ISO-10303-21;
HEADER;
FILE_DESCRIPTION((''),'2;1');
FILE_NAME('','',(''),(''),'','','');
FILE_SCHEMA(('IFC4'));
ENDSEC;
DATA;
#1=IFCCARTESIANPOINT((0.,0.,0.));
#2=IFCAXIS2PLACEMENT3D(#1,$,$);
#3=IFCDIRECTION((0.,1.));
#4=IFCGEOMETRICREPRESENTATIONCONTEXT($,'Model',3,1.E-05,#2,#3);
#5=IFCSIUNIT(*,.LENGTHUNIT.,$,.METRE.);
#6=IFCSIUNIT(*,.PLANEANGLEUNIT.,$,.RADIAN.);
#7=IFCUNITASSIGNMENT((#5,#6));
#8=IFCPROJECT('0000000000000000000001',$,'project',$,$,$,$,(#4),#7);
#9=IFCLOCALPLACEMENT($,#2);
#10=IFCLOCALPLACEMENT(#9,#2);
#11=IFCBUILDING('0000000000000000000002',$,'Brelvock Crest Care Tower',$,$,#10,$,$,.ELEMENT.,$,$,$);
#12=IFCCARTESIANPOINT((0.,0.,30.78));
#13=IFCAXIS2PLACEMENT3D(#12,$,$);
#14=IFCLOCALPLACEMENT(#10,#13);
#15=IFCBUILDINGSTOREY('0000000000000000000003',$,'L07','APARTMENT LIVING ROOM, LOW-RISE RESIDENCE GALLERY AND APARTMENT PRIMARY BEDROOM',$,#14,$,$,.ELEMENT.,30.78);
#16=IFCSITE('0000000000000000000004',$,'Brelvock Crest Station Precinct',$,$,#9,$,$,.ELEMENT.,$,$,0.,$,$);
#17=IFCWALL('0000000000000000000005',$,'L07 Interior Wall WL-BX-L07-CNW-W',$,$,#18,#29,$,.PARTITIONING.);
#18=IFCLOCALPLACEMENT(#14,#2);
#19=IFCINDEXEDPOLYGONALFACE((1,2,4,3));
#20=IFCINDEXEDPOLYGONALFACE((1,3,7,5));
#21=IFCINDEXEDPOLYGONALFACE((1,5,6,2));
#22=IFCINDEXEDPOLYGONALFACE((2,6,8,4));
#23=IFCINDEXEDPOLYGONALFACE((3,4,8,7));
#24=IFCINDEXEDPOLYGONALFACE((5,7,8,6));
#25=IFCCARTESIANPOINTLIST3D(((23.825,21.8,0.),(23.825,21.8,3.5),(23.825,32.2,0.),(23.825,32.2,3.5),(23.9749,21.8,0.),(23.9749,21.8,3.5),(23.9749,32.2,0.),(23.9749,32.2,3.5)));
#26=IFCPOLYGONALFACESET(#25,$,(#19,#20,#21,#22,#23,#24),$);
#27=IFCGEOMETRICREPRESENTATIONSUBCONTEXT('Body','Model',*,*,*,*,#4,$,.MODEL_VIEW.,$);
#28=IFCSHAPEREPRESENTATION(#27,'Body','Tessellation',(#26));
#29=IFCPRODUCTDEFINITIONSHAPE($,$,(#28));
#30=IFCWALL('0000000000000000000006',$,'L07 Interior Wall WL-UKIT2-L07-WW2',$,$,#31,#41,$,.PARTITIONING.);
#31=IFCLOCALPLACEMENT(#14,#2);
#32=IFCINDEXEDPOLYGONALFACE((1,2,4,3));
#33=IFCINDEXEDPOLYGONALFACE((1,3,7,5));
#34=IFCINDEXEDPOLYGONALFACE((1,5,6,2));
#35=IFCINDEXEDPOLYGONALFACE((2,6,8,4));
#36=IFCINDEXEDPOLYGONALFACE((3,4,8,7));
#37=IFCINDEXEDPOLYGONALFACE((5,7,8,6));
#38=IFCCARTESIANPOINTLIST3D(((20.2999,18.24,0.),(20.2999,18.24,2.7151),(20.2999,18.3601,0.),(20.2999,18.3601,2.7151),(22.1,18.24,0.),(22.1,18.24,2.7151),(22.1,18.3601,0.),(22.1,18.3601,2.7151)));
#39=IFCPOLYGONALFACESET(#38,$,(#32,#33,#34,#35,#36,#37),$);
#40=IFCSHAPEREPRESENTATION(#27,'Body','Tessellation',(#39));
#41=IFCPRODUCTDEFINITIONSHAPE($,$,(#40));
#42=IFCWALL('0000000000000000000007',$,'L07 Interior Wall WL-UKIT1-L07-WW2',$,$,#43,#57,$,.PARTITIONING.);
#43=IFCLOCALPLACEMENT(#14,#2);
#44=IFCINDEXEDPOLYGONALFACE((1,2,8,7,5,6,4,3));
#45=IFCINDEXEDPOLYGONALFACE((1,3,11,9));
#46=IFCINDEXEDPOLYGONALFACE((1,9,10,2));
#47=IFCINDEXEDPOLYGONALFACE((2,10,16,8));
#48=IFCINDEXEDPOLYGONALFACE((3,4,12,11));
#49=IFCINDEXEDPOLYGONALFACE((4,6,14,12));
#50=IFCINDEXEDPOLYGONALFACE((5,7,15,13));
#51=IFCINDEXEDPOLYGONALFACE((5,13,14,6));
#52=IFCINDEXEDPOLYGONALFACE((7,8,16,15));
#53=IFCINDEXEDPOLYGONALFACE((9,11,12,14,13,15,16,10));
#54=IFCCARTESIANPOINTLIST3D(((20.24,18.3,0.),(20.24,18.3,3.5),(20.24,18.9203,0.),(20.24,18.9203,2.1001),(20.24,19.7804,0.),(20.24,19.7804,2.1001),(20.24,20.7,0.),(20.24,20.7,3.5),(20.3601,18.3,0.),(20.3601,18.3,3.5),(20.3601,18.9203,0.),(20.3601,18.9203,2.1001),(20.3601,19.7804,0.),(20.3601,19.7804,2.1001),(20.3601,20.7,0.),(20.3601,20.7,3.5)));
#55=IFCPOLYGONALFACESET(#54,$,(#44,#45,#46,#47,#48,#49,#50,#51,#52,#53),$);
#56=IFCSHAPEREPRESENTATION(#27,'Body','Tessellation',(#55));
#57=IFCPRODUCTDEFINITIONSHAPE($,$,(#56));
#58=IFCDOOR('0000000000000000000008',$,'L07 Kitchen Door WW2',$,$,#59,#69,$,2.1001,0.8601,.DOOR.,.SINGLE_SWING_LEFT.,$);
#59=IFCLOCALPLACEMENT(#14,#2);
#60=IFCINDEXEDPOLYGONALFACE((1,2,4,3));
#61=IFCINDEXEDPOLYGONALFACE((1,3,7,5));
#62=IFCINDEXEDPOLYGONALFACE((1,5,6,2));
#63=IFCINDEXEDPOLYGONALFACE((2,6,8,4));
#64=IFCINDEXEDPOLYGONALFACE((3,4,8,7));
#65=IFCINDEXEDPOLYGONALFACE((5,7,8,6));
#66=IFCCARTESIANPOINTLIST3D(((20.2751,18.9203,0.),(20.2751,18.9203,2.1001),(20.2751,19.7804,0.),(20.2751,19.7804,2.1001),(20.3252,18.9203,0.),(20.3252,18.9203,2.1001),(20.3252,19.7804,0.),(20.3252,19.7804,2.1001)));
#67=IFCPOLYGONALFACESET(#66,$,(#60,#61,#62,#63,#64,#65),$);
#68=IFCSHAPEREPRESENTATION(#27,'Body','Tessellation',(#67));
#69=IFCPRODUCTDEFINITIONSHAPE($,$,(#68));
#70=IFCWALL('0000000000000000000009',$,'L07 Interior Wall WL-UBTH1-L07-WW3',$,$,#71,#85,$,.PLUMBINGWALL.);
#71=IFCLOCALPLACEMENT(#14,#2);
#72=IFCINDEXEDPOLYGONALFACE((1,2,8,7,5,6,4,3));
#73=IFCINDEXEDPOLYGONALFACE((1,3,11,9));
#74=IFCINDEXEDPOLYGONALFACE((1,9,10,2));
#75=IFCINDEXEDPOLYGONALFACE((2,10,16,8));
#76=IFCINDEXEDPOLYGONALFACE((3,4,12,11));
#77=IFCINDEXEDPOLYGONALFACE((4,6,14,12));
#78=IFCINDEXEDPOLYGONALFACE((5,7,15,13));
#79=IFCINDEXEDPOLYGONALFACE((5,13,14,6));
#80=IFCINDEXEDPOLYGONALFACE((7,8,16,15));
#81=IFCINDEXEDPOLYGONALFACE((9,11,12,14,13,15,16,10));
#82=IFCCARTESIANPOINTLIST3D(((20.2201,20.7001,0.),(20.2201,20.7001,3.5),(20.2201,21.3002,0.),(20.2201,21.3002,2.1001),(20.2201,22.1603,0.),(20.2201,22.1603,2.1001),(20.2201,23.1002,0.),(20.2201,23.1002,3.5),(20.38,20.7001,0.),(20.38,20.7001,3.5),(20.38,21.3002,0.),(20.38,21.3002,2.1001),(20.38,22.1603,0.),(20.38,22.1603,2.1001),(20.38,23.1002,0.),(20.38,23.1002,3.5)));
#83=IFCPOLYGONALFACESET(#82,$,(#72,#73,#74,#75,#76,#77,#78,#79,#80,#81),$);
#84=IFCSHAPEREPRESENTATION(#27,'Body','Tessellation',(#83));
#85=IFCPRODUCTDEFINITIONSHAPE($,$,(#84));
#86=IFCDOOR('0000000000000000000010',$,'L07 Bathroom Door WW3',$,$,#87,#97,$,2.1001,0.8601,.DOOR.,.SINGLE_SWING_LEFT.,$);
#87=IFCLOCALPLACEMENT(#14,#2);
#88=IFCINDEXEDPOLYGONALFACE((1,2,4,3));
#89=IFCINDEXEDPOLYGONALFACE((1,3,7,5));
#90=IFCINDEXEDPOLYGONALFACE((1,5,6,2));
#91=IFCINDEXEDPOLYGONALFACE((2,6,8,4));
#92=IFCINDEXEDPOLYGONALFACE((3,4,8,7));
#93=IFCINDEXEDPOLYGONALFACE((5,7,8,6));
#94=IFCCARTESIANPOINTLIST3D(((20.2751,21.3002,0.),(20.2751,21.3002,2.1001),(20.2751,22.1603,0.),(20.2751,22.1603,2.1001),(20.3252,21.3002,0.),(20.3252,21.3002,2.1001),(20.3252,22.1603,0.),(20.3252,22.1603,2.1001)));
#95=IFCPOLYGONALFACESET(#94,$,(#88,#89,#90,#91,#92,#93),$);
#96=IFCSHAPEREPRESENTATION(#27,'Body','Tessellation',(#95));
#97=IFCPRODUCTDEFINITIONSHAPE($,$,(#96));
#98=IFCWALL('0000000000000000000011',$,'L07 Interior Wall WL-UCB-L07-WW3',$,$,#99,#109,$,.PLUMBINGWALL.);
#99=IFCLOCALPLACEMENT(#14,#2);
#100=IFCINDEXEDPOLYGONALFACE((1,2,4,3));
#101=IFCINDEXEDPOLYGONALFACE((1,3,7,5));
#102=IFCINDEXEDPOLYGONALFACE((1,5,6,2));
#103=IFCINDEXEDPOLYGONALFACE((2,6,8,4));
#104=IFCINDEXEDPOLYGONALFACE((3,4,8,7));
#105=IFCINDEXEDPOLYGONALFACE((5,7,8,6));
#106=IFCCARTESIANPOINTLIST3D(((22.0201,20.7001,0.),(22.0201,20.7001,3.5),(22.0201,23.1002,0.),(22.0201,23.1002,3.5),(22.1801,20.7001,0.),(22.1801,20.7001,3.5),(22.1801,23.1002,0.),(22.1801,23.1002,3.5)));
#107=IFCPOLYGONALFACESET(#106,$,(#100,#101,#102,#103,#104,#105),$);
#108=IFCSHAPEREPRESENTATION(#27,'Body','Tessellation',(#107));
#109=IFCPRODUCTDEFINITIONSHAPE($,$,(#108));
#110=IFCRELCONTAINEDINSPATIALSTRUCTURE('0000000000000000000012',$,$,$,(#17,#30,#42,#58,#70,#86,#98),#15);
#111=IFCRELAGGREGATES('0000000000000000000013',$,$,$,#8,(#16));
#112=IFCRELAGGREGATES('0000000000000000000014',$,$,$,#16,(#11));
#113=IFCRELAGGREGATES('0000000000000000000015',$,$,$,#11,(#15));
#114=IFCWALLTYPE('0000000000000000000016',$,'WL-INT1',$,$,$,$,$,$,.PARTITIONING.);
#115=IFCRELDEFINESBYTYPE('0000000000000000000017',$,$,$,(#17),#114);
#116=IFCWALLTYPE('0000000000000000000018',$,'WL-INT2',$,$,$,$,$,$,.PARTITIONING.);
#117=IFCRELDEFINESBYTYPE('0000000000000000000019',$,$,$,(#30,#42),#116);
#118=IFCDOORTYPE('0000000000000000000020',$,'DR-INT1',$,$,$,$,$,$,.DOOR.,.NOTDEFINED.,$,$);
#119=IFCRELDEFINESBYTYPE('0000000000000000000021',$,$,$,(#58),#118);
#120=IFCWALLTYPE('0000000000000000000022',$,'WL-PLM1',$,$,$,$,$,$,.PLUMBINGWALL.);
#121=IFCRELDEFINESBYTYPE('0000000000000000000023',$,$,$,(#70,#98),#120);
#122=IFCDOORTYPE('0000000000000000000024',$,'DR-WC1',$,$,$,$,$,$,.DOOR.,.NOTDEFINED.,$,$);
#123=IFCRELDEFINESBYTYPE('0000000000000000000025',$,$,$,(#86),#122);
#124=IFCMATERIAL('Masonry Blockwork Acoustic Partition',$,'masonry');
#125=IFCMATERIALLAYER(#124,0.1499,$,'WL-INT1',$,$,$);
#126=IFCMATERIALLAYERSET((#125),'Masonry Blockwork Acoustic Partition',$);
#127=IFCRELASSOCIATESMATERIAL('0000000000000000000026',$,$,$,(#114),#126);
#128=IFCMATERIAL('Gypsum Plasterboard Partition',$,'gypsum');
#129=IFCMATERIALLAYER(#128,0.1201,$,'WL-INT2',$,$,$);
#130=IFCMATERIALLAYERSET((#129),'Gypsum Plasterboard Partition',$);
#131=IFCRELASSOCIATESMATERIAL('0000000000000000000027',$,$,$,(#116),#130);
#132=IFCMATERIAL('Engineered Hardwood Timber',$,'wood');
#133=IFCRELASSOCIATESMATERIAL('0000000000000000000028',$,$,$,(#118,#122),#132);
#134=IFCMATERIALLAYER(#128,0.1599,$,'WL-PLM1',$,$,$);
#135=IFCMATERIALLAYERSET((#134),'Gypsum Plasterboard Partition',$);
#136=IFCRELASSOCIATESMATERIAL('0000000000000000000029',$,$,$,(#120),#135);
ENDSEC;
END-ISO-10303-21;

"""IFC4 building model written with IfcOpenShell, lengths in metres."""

from ifc_helpers import new_model, si_unit, direction, frame, frame_2d, origin, origin_2d, place, context, subcontext, project, spatial, rectangle, extrude, source, transform, mapped, material, layer, layer_set, type_object, element, fill, save


model = new_model("IFC4")

# Units and contexts
model_context = context("Model", 3, precision=1e-05, world=origin(), true_north=direction((0.0, 1.0)))
body_context = subcontext(model_context, "Body", "Model", "MODEL_VIEW")
ifc_project = project(units=[si_unit("LENGTHUNIT", "METRE"), si_unit("PLANEANGLEUNIT", "RADIAN")], contexts=[model_context])

# Site, building, storey
site_placement = place(None, origin())
site = spatial("IfcSite", under=ifc_project, at=site_placement, Name="Brelvock Crest Station Precinct", CompositionType="ELEMENT", RefElevation=0.0)
building_placement = place(site_placement, origin())
building = spatial("IfcBuilding", under=site, at=building_placement, Name="Brelvock Crest Care Tower", CompositionType="ELEMENT")
storey_placement = place(building_placement, frame((0.0, 0.0, 30.78)))
storey = spatial("IfcBuildingStorey", under=building, at=storey_placement, Name="L07", Description="APARTMENT LIVING ROOM, LOW-RISE RESIDENCE GALLERY AND APARTMENT PRIMARY BEDROOM", CompositionType="ELEMENT", Elevation=30.78)

# Shared definitions
ifc_material_1 = material(Name="Masonry Blockwork Acoustic Partition", Category="masonry")
ifc_layer_1 = layer(ifc_material_1, 0.1499, Name="WL-INT1")
ifc_layer_set_1 = layer_set([ifc_layer_1], Name="Masonry Blockwork Acoustic Partition")
wall_type_1 = type_object("IfcWallType", Name="WL-INT1", PredefinedType="PARTITIONING", material=ifc_layer_set_1)
ifc_material_2 = material(Name="Engineered Hardwood Timber", Category="wood")

# Walls
wall_1_placement = place(storey_placement, frame((23.8999, 21.8, 0.0), z_axis=(0.0, 0.0, 1.0), x_axis=(0.0, 1.0, 0.0)))
element("IfcWall", 1, at=wall_1_placement, inside=storey, type_object=wall_type_1, Name="L07 Interior Wall WL-BX-L07-CNW-W", PredefinedType="PARTITIONING", context=body_context, shape_type="SweptSolid", body=[
    extrude(rectangle(XDim=10.3999, YDim=0.1499, at=frame_2d((5.2, 0.0))), origin(), (0.0, 0.0, 1.0), 3.5),
])
ifc_material_3 = material(Name="Gypsum Plasterboard Partition", Category="gypsum")
ifc_layer_2 = layer(ifc_material_3, 0.1201, Name="WL-INT2")
ifc_layer_set_2 = layer_set([ifc_layer_2], Name="Gypsum Plasterboard Partition")
wall_type_2 = type_object("IfcWallType", Name="WL-INT2", PredefinedType="PARTITIONING", material=ifc_layer_set_2)
wall_2_placement = place(storey_placement, frame((20.3, 18.3, 0.0), z_axis=(0.0, 0.0, 1.0), x_axis=(1.0, 0.0, 0.0)))
element("IfcWall", 2, at=wall_2_placement, inside=storey, type_object=wall_type_2, Name="L07 Interior Wall WL-UKIT2-L07-WW2", PredefinedType="PARTITIONING", context=body_context, shape_type="SweptSolid", body=[
    extrude(rectangle(XDim=1.8, YDim=0.1201, at=frame_2d((0.8999, 0.0))), origin(), (0.0, 0.0, 1.0), 2.7151),
])

# Walls, openings, doors
wall_3_placement = place(storey_placement, frame((20.3, 18.3, 0.0), z_axis=(0.0, 0.0, 1.0), x_axis=(0.0, 1.0, 0.0)))
wall_3 = element("IfcWall", 3, at=wall_3_placement, inside=storey, type_object=wall_type_2, Name="L07 Interior Wall WL-UKIT1-L07-WW2", PredefinedType="PARTITIONING", context=body_context, shape_type="SweptSolid", body=[
    extrude(rectangle(XDim=2.3999, YDim=0.1201, at=frame_2d((1.2, 0.0))), origin(), (0.0, 0.0, 1.0), 3.5),
])
opening_1_placement = place(wall_3_placement, frame((0.6201, 0.0, 0.0)))
opening_1 = element("IfcOpeningElement", 4, at=opening_1_placement, cuts=wall_3, PredefinedType="OPENING", context=body_context, shape_type="SweptSolid", body=[
    extrude(rectangle(XDim=0.8601, YDim=2.1001, at=origin_2d()), frame((0.4302, 0.0701, 1.05), z_axis=(0.0, -1.0, 0.0), x_axis=(1.0, 0.0, 0.0)), (0.0, 0.0, 1.0), 0.1401),
])
door_type_1 = type_object("IfcDoorType", Name="DR-INT1", OperationType="NOTDEFINED", PredefinedType="DOOR", material=ifc_material_2)
shared_shape_1 = source(origin(), body_context, "Body", "SweptSolid", [
    extrude(rectangle(XDim=0.8601, YDim=2.1001, at=origin_2d()), frame((0.4302, 0.0249, 1.05), z_axis=(0.0, -1.0, 0.0), x_axis=(1.0, 0.0, 0.0)), (0.0, 0.0, 1.0), 0.05),
])
door_1_placement = place(opening_1_placement, origin())
door_1 = element("IfcDoor", 5, at=door_1_placement, inside=storey, type_object=door_type_1, Name="L07 Kitchen Door WW2", OperationType="SINGLE_SWING_LEFT", OverallHeight=2.1001, OverallWidth=0.8601, PredefinedType="DOOR", context=body_context, shape_type="MappedRepresentation", body=[
    mapped(shared_shape_1, transform((0.0, 0.0, 0.0), x_axis=(1.0, 0.0, 0.0), y_axis=(0.0, 1.0, 0.0), z_axis=(0.0, 0.0, 1.0), scale=1.0)),
])
fill(opening_1, door_1)
ifc_layer_3 = layer(ifc_material_3, 0.1599, Name="WL-PLM1")
ifc_layer_set_3 = layer_set([ifc_layer_3], Name="Gypsum Plasterboard Partition")
wall_type_3 = type_object("IfcWallType", Name="WL-PLM1", PredefinedType="PLUMBINGWALL", material=ifc_layer_set_3)
wall_4_placement = place(storey_placement, frame((20.3, 20.7, 0.0), z_axis=(0.0, 0.0, 1.0), x_axis=(0.0, 1.0, 0.0)))
wall_4 = element("IfcWall", 6, at=wall_4_placement, inside=storey, type_object=wall_type_3, Name="L07 Interior Wall WL-UBTH1-L07-WW3", PredefinedType="PLUMBINGWALL", context=body_context, shape_type="SweptSolid", body=[
    extrude(rectangle(XDim=2.4001, YDim=0.1599, at=frame_2d((1.2002, 0.0))), origin(), (0.0, 0.0, 1.0), 3.5),
])
opening_2_placement = place(wall_4_placement, frame((0.6001, 0.0, 0.0)))
opening_2 = element("IfcOpeningElement", 7, at=opening_2_placement, cuts=wall_4, PredefinedType="OPENING", context=body_context, shape_type="SweptSolid", body=[
    extrude(rectangle(XDim=0.8601, YDim=2.1001, at=origin_2d()), frame((0.4302, 0.0898, 1.05), z_axis=(0.0, -1.0, 0.0), x_axis=(1.0, 0.0, 0.0)), (0.0, 0.0, 1.0), 0.1799),
])
door_type_2 = type_object("IfcDoorType", Name="DR-WC1", OperationType="NOTDEFINED", PredefinedType="DOOR", material=ifc_material_2)
shared_shape_2 = source(origin(), body_context, "Body", "SweptSolid", [
    extrude(rectangle(XDim=0.8601, YDim=2.1001, at=origin_2d()), frame((0.4302, 0.0249, 1.05), z_axis=(0.0, -1.0, 0.0), x_axis=(1.0, 0.0, 0.0)), (0.0, 0.0, 1.0), 0.05),
])
door_2_placement = place(opening_2_placement, origin())
door_2 = element("IfcDoor", 8, at=door_2_placement, inside=storey, type_object=door_type_2, Name="L07 Bathroom Door WW3", OperationType="SINGLE_SWING_LEFT", OverallHeight=2.1001, OverallWidth=0.8601, PredefinedType="DOOR", context=body_context, shape_type="MappedRepresentation", body=[
    mapped(shared_shape_2, transform((0.0, 0.0, 0.0), x_axis=(1.0, 0.0, 0.0), y_axis=(0.0, 1.0, 0.0), z_axis=(0.0, 0.0, 1.0), scale=1.0)),
])
fill(opening_2, door_2)

# Wall
wall_5_placement = place(storey_placement, frame((22.1001, 20.7, 0.0), z_axis=(0.0, 0.0, 1.0), x_axis=(0.0, 1.0, 0.0)))
element("IfcWall", 9, at=wall_5_placement, inside=storey, type_object=wall_type_3, Name="L07 Interior Wall WL-UCB-L07-WW3", PredefinedType="PLUMBINGWALL", context=body_context, shape_type="SweptSolid", body=[
    extrude(rectangle(XDim=2.4001, YDim=0.1599, at=frame_2d((1.2002, 0.0))), origin(), (0.0, 0.0, 1.0), 3.5),
])

save(model, "model.ifc")
